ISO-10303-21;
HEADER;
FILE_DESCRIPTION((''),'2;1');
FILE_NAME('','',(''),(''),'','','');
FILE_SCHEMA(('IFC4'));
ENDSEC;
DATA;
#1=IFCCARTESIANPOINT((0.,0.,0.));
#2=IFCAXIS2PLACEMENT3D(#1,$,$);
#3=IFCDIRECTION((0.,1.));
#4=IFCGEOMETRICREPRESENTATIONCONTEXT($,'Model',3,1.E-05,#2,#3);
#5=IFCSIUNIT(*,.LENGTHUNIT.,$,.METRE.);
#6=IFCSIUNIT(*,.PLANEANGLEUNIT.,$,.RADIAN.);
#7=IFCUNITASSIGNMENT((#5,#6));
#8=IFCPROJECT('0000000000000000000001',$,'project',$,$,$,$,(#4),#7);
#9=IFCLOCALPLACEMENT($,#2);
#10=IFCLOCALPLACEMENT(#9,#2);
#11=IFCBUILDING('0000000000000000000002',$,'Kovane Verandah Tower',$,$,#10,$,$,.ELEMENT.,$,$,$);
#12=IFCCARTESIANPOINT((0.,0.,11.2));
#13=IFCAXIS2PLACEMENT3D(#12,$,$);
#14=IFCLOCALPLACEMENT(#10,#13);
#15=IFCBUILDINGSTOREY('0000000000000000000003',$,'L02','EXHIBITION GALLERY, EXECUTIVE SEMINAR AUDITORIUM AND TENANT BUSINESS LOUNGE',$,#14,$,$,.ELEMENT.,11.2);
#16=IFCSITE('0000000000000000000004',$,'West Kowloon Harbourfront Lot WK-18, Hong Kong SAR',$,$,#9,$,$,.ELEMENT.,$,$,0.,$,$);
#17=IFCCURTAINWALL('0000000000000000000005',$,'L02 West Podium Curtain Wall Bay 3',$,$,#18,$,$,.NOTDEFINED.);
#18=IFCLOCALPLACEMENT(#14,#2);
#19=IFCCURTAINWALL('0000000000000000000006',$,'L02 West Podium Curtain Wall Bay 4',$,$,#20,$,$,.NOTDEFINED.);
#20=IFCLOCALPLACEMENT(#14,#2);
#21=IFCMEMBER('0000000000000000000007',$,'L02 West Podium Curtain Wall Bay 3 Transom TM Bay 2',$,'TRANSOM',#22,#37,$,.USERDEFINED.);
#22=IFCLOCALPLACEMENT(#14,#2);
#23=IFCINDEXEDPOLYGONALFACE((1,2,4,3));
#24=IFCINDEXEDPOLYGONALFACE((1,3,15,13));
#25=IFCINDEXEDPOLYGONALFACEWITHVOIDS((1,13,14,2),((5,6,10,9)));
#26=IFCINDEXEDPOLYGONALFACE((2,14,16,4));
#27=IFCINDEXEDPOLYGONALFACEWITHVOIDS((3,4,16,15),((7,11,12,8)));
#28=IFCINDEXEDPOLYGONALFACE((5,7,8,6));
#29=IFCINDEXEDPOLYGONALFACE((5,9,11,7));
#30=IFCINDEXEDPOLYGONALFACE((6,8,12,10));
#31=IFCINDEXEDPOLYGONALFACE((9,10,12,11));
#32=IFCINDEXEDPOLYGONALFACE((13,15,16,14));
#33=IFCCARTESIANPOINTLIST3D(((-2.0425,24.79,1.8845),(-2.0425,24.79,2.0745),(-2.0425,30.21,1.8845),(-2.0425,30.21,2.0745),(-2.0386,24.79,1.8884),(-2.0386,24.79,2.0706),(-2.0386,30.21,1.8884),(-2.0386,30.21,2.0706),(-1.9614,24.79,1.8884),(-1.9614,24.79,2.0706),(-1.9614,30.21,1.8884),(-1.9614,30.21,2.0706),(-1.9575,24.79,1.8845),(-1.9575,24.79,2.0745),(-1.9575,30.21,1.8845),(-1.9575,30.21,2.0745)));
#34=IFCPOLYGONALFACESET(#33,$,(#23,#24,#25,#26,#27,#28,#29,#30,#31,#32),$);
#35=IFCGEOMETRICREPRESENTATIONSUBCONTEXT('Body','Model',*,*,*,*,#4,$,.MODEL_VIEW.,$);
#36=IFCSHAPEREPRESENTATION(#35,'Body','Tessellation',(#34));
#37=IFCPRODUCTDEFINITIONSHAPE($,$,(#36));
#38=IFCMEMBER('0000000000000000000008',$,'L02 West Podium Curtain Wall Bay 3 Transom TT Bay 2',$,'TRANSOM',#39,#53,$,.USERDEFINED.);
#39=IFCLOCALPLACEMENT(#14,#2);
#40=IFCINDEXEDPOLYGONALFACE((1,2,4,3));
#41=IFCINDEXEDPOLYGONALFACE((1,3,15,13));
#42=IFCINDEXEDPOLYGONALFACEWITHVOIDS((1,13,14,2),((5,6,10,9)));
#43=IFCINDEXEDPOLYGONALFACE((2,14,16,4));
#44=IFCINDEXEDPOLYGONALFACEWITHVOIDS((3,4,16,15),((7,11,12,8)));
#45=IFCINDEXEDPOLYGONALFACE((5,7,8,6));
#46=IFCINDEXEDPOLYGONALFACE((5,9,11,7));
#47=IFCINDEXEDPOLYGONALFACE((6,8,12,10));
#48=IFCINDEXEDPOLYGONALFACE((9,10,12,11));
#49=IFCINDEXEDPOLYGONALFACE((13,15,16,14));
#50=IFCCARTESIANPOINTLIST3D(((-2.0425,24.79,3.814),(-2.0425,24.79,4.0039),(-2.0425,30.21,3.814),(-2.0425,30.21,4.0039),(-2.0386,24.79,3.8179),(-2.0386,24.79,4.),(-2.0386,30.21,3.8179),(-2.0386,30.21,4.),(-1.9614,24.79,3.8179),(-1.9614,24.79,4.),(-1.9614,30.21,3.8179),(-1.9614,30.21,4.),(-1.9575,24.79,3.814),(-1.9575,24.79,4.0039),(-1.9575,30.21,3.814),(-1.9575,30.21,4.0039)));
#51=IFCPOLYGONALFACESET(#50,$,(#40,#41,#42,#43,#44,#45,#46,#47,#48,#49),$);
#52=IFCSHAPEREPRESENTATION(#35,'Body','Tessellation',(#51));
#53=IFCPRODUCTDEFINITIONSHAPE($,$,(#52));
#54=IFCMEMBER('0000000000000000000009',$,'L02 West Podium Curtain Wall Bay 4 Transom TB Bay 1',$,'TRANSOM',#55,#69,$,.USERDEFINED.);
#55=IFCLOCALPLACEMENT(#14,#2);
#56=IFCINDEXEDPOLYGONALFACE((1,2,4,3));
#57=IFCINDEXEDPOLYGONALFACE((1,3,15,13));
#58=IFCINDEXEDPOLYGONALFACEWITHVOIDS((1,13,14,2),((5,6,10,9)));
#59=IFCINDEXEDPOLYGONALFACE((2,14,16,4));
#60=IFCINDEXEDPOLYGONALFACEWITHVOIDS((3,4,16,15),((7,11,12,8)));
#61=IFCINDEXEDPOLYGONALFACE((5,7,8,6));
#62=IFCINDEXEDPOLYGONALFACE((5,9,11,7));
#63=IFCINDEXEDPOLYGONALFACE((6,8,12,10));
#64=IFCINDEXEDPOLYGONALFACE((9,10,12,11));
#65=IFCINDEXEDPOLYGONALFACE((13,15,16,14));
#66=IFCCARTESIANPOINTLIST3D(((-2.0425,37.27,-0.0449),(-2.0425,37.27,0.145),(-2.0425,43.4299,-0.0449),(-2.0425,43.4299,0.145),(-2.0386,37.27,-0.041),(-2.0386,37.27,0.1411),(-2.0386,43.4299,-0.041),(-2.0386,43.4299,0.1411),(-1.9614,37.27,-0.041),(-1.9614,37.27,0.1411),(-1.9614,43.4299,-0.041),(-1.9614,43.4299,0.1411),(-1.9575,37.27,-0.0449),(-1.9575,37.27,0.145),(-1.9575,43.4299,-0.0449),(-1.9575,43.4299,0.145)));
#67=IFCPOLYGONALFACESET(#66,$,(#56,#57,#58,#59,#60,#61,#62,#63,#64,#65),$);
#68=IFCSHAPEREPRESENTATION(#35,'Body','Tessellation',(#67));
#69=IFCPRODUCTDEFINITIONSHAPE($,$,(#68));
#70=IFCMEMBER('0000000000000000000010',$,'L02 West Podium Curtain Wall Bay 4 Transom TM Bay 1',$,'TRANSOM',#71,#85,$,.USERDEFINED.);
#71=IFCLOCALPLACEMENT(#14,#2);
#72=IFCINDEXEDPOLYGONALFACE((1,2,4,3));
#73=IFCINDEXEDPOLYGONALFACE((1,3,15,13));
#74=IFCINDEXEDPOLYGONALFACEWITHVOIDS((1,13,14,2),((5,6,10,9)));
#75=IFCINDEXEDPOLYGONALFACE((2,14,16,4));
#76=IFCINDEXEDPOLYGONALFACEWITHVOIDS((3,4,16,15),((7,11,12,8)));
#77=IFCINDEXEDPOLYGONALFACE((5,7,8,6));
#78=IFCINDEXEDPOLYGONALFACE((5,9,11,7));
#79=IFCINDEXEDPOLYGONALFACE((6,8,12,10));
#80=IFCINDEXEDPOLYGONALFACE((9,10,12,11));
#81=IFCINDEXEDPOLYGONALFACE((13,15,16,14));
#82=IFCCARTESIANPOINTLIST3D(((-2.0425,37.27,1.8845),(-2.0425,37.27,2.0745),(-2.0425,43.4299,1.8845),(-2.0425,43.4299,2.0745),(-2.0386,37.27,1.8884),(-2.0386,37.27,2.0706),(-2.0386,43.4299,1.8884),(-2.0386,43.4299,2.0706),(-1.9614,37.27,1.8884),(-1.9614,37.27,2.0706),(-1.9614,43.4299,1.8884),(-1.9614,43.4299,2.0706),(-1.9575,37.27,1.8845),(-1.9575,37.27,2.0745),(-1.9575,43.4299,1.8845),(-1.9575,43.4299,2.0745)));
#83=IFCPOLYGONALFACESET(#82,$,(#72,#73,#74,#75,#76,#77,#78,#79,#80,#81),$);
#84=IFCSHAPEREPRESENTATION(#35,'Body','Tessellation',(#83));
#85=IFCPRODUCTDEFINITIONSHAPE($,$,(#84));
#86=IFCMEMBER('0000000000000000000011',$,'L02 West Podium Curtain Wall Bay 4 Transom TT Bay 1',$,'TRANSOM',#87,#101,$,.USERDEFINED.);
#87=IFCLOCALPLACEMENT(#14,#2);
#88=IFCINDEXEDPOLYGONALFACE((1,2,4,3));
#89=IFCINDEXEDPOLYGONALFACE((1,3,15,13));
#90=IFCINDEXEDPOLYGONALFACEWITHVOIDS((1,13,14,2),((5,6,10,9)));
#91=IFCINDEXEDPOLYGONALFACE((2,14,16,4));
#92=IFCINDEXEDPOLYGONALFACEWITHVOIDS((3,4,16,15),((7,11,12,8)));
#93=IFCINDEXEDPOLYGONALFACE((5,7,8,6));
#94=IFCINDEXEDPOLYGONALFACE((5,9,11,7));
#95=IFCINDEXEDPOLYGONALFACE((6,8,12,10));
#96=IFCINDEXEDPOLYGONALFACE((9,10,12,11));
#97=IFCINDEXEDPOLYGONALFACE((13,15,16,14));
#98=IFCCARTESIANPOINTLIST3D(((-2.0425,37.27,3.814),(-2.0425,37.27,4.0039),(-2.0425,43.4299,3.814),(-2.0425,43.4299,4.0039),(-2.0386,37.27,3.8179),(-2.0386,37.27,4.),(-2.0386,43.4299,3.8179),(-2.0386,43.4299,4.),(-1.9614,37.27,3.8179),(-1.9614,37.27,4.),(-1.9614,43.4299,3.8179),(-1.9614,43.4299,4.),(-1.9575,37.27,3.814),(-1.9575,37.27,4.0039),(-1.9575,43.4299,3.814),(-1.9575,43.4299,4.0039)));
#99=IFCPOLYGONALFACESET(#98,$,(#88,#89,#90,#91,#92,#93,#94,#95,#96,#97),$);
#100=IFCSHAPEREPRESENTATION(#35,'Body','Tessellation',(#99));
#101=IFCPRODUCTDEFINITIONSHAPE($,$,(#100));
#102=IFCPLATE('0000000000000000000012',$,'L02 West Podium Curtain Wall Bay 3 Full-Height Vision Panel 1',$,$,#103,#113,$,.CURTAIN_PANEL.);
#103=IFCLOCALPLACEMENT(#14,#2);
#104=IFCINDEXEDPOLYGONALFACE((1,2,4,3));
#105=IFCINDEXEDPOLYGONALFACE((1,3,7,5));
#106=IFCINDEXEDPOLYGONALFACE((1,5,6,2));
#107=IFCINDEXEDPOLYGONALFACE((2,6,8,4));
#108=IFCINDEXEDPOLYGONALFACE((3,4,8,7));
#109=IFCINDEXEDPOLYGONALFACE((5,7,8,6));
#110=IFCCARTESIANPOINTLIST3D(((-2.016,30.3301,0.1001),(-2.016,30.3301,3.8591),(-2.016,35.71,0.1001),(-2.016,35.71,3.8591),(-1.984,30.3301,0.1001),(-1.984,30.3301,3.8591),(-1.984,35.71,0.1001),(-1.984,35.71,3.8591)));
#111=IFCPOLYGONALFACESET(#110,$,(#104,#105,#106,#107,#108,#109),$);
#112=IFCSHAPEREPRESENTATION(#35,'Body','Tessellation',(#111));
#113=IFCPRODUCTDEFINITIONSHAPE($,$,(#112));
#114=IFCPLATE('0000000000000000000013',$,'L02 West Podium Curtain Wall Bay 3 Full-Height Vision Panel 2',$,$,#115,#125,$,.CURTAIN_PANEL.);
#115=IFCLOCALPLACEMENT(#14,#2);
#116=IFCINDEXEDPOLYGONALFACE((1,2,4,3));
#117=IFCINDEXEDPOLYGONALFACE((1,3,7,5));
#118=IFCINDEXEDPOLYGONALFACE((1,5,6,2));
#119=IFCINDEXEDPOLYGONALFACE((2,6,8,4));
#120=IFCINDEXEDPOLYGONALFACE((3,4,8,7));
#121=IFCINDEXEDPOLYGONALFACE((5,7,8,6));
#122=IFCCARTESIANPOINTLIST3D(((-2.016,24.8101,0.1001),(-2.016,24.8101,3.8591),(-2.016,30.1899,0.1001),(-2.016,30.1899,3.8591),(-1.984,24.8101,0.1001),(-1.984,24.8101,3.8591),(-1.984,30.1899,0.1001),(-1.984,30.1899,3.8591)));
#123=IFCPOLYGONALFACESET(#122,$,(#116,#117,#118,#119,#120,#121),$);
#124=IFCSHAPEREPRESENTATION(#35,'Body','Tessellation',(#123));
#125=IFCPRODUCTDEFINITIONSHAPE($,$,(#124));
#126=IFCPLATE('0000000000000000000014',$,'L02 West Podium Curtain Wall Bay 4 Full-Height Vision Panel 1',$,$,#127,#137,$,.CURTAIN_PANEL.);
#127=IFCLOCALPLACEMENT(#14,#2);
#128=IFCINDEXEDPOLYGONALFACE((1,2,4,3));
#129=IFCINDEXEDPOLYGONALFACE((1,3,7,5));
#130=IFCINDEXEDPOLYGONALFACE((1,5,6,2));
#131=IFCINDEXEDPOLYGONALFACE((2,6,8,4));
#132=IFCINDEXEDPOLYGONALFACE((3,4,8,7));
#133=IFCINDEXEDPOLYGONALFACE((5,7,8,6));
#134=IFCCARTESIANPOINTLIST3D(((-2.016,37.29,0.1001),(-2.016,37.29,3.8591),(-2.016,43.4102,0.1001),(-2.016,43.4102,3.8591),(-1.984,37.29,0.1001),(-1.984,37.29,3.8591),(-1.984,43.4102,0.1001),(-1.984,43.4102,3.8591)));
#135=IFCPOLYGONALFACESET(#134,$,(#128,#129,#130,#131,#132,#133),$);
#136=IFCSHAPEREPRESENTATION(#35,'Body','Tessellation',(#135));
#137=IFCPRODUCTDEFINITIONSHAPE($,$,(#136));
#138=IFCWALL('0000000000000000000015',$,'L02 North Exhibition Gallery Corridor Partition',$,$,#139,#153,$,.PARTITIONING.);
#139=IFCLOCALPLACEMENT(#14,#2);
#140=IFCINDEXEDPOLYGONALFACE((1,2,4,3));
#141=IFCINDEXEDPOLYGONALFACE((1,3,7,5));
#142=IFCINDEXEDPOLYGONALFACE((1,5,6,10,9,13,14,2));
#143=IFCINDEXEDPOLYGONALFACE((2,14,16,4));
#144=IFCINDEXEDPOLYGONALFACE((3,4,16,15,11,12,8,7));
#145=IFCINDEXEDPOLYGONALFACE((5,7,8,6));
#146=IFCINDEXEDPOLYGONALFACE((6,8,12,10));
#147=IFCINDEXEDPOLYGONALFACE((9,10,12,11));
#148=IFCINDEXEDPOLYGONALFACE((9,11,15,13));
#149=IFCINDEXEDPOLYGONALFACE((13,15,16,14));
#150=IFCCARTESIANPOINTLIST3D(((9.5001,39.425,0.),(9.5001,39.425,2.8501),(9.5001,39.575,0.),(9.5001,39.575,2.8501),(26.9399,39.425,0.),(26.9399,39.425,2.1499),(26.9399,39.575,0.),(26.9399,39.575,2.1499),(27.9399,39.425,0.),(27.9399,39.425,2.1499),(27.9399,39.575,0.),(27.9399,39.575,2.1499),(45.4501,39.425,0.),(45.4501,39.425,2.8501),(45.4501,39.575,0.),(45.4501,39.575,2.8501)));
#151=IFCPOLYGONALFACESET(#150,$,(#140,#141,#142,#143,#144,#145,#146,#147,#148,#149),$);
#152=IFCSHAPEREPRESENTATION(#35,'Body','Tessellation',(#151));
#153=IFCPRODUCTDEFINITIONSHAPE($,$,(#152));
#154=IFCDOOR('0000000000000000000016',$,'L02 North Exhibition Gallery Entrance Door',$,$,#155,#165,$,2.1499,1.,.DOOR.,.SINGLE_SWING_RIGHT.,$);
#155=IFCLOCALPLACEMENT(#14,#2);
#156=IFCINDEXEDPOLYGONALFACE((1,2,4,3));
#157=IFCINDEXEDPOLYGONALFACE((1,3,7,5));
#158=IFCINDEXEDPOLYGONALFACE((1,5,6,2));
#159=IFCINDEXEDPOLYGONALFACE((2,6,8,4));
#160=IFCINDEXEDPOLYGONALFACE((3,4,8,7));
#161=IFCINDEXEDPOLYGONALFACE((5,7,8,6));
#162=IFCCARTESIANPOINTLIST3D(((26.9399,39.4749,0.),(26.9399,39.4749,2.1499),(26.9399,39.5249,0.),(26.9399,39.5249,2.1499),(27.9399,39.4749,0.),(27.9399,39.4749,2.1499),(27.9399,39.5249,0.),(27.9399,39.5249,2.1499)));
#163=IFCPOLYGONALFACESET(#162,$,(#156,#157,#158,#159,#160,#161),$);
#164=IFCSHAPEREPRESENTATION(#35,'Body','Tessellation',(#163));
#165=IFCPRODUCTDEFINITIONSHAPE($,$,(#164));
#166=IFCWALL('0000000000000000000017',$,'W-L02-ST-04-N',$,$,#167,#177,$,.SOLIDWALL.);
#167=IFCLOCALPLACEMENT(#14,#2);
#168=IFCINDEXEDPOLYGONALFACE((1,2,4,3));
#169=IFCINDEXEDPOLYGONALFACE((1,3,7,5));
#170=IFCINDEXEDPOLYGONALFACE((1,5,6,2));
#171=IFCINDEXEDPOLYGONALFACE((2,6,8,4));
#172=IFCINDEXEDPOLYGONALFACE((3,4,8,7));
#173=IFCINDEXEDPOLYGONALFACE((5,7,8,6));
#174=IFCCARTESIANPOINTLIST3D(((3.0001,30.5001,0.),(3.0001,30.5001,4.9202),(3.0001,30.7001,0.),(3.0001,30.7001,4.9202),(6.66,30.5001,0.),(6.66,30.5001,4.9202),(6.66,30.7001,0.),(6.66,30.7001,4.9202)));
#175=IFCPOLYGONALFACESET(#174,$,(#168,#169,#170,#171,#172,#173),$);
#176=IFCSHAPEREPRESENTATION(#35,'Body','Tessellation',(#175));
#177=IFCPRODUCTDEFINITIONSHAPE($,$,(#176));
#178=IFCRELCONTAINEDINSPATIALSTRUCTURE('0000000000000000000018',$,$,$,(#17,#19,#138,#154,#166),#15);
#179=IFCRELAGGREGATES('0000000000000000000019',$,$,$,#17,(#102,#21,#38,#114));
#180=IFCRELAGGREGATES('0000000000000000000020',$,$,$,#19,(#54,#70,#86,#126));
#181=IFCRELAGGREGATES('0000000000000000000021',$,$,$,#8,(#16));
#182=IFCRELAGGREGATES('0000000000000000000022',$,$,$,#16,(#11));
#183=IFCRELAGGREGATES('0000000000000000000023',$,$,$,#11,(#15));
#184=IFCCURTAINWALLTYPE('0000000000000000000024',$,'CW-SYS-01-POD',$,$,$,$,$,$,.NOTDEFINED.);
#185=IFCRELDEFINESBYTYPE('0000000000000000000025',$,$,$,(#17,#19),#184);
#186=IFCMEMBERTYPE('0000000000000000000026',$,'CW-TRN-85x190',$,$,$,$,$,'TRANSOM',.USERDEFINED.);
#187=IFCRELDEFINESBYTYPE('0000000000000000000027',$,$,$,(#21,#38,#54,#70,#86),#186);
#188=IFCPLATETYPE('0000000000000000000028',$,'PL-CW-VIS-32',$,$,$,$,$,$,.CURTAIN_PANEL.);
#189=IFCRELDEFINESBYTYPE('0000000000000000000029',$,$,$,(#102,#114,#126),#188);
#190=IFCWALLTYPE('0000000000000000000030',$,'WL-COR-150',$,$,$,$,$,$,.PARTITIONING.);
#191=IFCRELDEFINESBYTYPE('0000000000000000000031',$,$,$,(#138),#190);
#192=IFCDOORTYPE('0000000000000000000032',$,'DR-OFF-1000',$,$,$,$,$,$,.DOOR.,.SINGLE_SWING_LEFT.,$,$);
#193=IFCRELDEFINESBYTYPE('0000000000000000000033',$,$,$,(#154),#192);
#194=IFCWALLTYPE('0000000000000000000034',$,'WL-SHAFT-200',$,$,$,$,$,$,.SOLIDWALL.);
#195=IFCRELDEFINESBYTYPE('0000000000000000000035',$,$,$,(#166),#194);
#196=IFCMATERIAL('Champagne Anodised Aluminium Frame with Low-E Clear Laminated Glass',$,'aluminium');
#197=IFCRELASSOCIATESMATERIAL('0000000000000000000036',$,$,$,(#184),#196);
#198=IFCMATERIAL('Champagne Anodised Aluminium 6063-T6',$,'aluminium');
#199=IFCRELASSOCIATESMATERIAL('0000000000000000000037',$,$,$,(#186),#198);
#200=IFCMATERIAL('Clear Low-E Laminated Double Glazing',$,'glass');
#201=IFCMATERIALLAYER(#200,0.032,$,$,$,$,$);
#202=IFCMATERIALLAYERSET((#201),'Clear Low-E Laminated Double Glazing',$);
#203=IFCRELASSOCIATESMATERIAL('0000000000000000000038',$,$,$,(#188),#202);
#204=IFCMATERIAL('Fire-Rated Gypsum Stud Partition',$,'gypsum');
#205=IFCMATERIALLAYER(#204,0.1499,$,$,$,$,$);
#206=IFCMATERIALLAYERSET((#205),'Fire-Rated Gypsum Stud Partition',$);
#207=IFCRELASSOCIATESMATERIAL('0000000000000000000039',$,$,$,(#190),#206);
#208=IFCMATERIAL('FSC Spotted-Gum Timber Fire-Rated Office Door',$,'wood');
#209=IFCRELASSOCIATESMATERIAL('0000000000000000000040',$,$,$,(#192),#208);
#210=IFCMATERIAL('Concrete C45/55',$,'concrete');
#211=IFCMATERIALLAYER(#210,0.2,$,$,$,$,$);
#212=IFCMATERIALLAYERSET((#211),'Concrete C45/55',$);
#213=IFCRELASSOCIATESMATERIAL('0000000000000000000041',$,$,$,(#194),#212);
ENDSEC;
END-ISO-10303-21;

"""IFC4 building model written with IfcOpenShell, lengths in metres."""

from ifc_helpers import new_model, si_unit, direction, frame, frame_2d, origin, origin_2d, place, context, subcontext, project, spatial, rectangle, hollow_rectangle, extrude, material, layer, layer_set, material_profile, profile_set, type_object, element, fill, aggregate, save


model = new_model("IFC4")

# Units and contexts
model_context = context("Model", 3, precision=1e-05, world=origin(), true_north=direction((0.0, 1.0)))
body_context = subcontext(model_context, "Body", "Model", "MODEL_VIEW")
ifc_project = project(units=[si_unit("LENGTHUNIT", "METRE"), si_unit("PLANEANGLEUNIT", "RADIAN")], contexts=[model_context])

# Site, building, storey
site_placement = place(None, origin())
site = spatial("IfcSite", under=ifc_project, at=site_placement, Name="West Kowloon Harbourfront Lot WK-18, Hong Kong SAR", CompositionType="ELEMENT", RefElevation=0.0)
building_placement = place(site_placement, origin())
building = spatial("IfcBuilding", under=site, at=building_placement, Name="Kovane Verandah Tower", CompositionType="ELEMENT")
storey_placement = place(building_placement, frame((0.0, 0.0, 11.2)))
storey = spatial("IfcBuildingStorey", under=building, at=storey_placement, Name="L02", Description="EXHIBITION GALLERY, EXECUTIVE SEMINAR AUDITORIUM AND TENANT BUSINESS LOUNGE", CompositionType="ELEMENT", Elevation=11.2)

# Curtain walls
ifc_material_1 = material(Name="Champagne Anodised Aluminium Frame with Low-E Clear Laminated Glass", Category="aluminium")
curtain_wall_type = type_object("IfcCurtainWallType", Name="CW-SYS-01-POD", PredefinedType="NOTDEFINED", material=ifc_material_1)
curtain_wall_1_placement = place(storey_placement, origin())
curtain_wall_1 = element("IfcCurtainWall", 1, at=curtain_wall_1_placement, inside=storey, type_object=curtain_wall_type, Name="L02 West Podium Curtain Wall Bay 3", PredefinedType="NOTDEFINED")
ifc_material_2 = material(Name="Champagne Anodised Aluminium 6063-T6", Category="aluminium")
curtain_wall_2_placement = place(storey_placement, origin())
curtain_wall_2 = element("IfcCurtainWall", 2, at=curtain_wall_2_placement, inside=storey, type_object=curtain_wall_type, Name="L02 West Podium Curtain Wall Bay 4", PredefinedType="NOTDEFINED")

# Members
ifc_material_profile_1 = material_profile(ifc_material_2, hollow_rectangle(XDim=0.085, YDim=0.1899, WallThickness=0.0039, at=origin_2d()), Name="AL85x190x4")
ifc_profile_set_1 = profile_set([ifc_material_profile_1], Name="Champagne Anodised Aluminium 6063-T6")
member_type_1 = type_object("IfcMemberType", Name="CW-TRN-85x190", ElementType="TRANSOM", PredefinedType="USERDEFINED", material=ifc_profile_set_1)
member_1_placement = place(storey_placement, frame((-2.0, 30.21, 1.9795), z_axis=(0.0, -1.0, 0.0), x_axis=(1.0, 0.0, 0.0)))
member_1 = element("IfcMember", 3, at=member_1_placement, type_object=member_type_1, Name="L02 West Podium Curtain Wall Bay 3 Transom TM Bay 2", ObjectType="TRANSOM", PredefinedType="USERDEFINED", context=body_context, shape_type="SweptSolid", body=[
    extrude(hollow_rectangle(XDim=0.085, YDim=0.1899, WallThickness=0.0039, at=origin_2d()), origin(), (0.0, 0.0, 1.0), 5.4199),
])
member_2_placement = place(storey_placement, frame((-2.0, 30.21, 3.9089), z_axis=(0.0, -1.0, 0.0), x_axis=(1.0, 0.0, 0.0)))
member_2 = element("IfcMember", 4, at=member_2_placement, type_object=member_type_1, Name="L02 West Podium Curtain Wall Bay 3 Transom TT Bay 2", ObjectType="TRANSOM", PredefinedType="USERDEFINED", context=body_context, shape_type="SweptSolid", body=[
    extrude(hollow_rectangle(XDim=0.085, YDim=0.1899, WallThickness=0.0039, at=origin_2d()), origin(), (0.0, 0.0, 1.0), 5.4199),
])
member_3_placement = place(storey_placement, frame((-2.0, 43.4299, 0.05), z_axis=(0.0, -1.0, 0.0), x_axis=(1.0, 0.0, 0.0)))
member_3 = element("IfcMember", 5, at=member_3_placement, type_object=member_type_1, Name="L02 West Podium Curtain Wall Bay 4 Transom TB Bay 1", ObjectType="TRANSOM", PredefinedType="USERDEFINED", context=body_context, shape_type="SweptSolid", body=[
    extrude(hollow_rectangle(XDim=0.085, YDim=0.1899, WallThickness=0.0039, at=origin_2d()), origin(), (0.0, 0.0, 1.0), 6.1599),
])
member_4_placement = place(storey_placement, frame((-2.0, 43.4299, 1.9795), z_axis=(0.0, -1.0, 0.0), x_axis=(1.0, 0.0, 0.0)))
member_4 = element("IfcMember", 6, at=member_4_placement, type_object=member_type_1, Name="L02 West Podium Curtain Wall Bay 4 Transom TM Bay 1", ObjectType="TRANSOM", PredefinedType="USERDEFINED", context=body_context, shape_type="SweptSolid", body=[
    extrude(hollow_rectangle(XDim=0.085, YDim=0.1899, WallThickness=0.0039, at=origin_2d()), origin(), (0.0, 0.0, 1.0), 6.1599),
])
member_5_placement = place(storey_placement, frame((-2.0, 43.4299, 3.9089), z_axis=(0.0, -1.0, 0.0), x_axis=(1.0, 0.0, 0.0)))
member_5 = element("IfcMember", 7, at=member_5_placement, type_object=member_type_1, Name="L02 West Podium Curtain Wall Bay 4 Transom TT Bay 1", ObjectType="TRANSOM", PredefinedType="USERDEFINED", context=body_context, shape_type="SweptSolid", body=[
    extrude(hollow_rectangle(XDim=0.085, YDim=0.1899, WallThickness=0.0039, at=origin_2d()), origin(), (0.0, 0.0, 1.0), 6.1599),
])

# Plates
ifc_material_3 = material(Name="Clear Low-E Laminated Double Glazing", Category="glass")
ifc_layer_1 = layer(ifc_material_3, 0.032)
ifc_layer_set_1 = layer_set([ifc_layer_1], Name="Clear Low-E Laminated Double Glazing")
plate_type = type_object("IfcPlateType", Name="PL-CW-VIS-32", PredefinedType="CURTAIN_PANEL", material=ifc_layer_set_1)
plate_1_placement = place(storey_placement, frame((-2.0, 33.02, 0.1001), z_axis=(0.0, 0.0, 1.0), x_axis=(0.0, -1.0, 0.0)))
plate_1 = element("IfcPlate", 8, at=plate_1_placement, type_object=plate_type, Name="L02 West Podium Curtain Wall Bay 3 Full-Height Vision Panel 1", PredefinedType="CURTAIN_PANEL", context=body_context, shape_type="SweptSolid", body=[
    extrude(rectangle(XDim=5.3799, YDim=0.032, at=origin_2d()), origin(), (0.0, 0.0, 1.0), 3.759),
])
plate_2_placement = place(storey_placement, frame((-2.0, 27.5, 0.1001), z_axis=(0.0, 0.0, 1.0), x_axis=(0.0, -1.0, 0.0)))
plate_2 = element("IfcPlate", 9, at=plate_2_placement, type_object=plate_type, Name="L02 West Podium Curtain Wall Bay 3 Full-Height Vision Panel 2", PredefinedType="CURTAIN_PANEL", context=body_context, shape_type="SweptSolid", body=[
    extrude(rectangle(XDim=5.3799, YDim=0.032, at=origin_2d()), origin(), (0.0, 0.0, 1.0), 3.759),
])
aggregate(curtain_wall_1, [plate_1, member_1, member_2, plate_2])
plate_3_placement = place(storey_placement, frame((-2.0, 40.3501, 0.1001), z_axis=(0.0, 0.0, 1.0), x_axis=(0.0, -1.0, 0.0)))
plate_3 = element("IfcPlate", 10, at=plate_3_placement, type_object=plate_type, Name="L02 West Podium Curtain Wall Bay 4 Full-Height Vision Panel 1", PredefinedType="CURTAIN_PANEL", context=body_context, shape_type="SweptSolid", body=[
    extrude(rectangle(XDim=6.1201, YDim=0.032, at=origin_2d()), origin(), (0.0, 0.0, 1.0), 3.759),
])
aggregate(curtain_wall_2, [member_3, member_4, member_5, plate_3])

# Wall, opening, door
ifc_material_4 = material(Name="Fire-Rated Gypsum Stud Partition", Category="gypsum")
ifc_layer_2 = layer(ifc_material_4, 0.1499)
ifc_layer_set_2 = layer_set([ifc_layer_2], Name="Fire-Rated Gypsum Stud Partition")
wall_type_1 = type_object("IfcWallType", Name="WL-COR-150", PredefinedType="PARTITIONING", material=ifc_layer_set_2)
wall_1_placement = place(storey_placement, frame((9.5, 39.5, 0.0), z_axis=(0.0, 0.0, 1.0), x_axis=(1.0, 0.0, 0.0)))
wall_1 = element("IfcWall", 11, at=wall_1_placement, inside=storey, type_object=wall_type_1, Name="L02 North Exhibition Gallery Corridor Partition", PredefinedType="PARTITIONING", context=body_context, shape_type="SweptSolid", body=[
    extrude(rectangle(XDim=35.95, YDim=0.1499, at=frame_2d((17.9751, 0.0))), origin(), (0.0, 0.0, 1.0), 2.8501),
])
opening_placement = place(wall_1_placement, frame((17.4399, 0.0, 0.0)))
opening = element("IfcOpeningElement", 12, at=opening_placement, cuts=wall_1, PredefinedType="OPENING", context=body_context, shape_type="SweptSolid", body=[
    extrude(rectangle(XDim=1.0, YDim=2.1499, at=frame_2d((0.5, 1.075))), frame((0.0, 0.075, 0.0), z_axis=(0.0, -1.0, 0.0), x_axis=(1.0, 0.0, 0.0)), (0.0, 0.0, 1.0), 0.1499),
])
ifc_material_5 = material(Name="FSC Spotted-Gum Timber Fire-Rated Office Door", Category="wood")
door_type = type_object("IfcDoorType", Name="DR-OFF-1000", OperationType="SINGLE_SWING_LEFT", PredefinedType="DOOR", material=ifc_material_5)
door_placement = place(opening_placement, origin())
door = element("IfcDoor", 13, at=door_placement, inside=storey, type_object=door_type, Name="L02 North Exhibition Gallery Entrance Door", OperationType="SINGLE_SWING_RIGHT", OverallHeight=2.1499, OverallWidth=1.0, PredefinedType="DOOR", context=body_context, shape_type="SweptSolid", body=[
    extrude(rectangle(XDim=1.0, YDim=2.1499, at=frame_2d((0.5, 1.075))), frame((0.0, 0.0249, 0.0), z_axis=(0.0, -1.0, 0.0), x_axis=(1.0, 0.0, 0.0)), (0.0, 0.0, 1.0), 0.05),
])
fill(opening, door)

# Wall
ifc_material_6 = material(Name="Concrete C45/55", Category="concrete")
ifc_layer_3 = layer(ifc_material_6, 0.2)
ifc_layer_set_3 = layer_set([ifc_layer_3], Name="Concrete C45/55")
wall_type_2 = type_object("IfcWallType", Name="WL-SHAFT-200", PredefinedType="SOLIDWALL", material=ifc_layer_set_3)
wall_2_placement = place(storey_placement, frame((3.0, 30.6001, 0.0), z_axis=(0.0, 0.0, 1.0), x_axis=(1.0, 0.0, 0.0)))
element("IfcWall", 14, at=wall_2_placement, inside=storey, type_object=wall_type_2, Name="W-L02-ST-04-N", PredefinedType="SOLIDWALL", context=body_context, shape_type="SweptSolid", body=[
    extrude(rectangle(XDim=3.6599, YDim=0.2, at=frame_2d((1.8301, 0.0))), origin(), (0.0, 0.0, 1.0), 4.9202),
])

save(model, "model.ifc")
